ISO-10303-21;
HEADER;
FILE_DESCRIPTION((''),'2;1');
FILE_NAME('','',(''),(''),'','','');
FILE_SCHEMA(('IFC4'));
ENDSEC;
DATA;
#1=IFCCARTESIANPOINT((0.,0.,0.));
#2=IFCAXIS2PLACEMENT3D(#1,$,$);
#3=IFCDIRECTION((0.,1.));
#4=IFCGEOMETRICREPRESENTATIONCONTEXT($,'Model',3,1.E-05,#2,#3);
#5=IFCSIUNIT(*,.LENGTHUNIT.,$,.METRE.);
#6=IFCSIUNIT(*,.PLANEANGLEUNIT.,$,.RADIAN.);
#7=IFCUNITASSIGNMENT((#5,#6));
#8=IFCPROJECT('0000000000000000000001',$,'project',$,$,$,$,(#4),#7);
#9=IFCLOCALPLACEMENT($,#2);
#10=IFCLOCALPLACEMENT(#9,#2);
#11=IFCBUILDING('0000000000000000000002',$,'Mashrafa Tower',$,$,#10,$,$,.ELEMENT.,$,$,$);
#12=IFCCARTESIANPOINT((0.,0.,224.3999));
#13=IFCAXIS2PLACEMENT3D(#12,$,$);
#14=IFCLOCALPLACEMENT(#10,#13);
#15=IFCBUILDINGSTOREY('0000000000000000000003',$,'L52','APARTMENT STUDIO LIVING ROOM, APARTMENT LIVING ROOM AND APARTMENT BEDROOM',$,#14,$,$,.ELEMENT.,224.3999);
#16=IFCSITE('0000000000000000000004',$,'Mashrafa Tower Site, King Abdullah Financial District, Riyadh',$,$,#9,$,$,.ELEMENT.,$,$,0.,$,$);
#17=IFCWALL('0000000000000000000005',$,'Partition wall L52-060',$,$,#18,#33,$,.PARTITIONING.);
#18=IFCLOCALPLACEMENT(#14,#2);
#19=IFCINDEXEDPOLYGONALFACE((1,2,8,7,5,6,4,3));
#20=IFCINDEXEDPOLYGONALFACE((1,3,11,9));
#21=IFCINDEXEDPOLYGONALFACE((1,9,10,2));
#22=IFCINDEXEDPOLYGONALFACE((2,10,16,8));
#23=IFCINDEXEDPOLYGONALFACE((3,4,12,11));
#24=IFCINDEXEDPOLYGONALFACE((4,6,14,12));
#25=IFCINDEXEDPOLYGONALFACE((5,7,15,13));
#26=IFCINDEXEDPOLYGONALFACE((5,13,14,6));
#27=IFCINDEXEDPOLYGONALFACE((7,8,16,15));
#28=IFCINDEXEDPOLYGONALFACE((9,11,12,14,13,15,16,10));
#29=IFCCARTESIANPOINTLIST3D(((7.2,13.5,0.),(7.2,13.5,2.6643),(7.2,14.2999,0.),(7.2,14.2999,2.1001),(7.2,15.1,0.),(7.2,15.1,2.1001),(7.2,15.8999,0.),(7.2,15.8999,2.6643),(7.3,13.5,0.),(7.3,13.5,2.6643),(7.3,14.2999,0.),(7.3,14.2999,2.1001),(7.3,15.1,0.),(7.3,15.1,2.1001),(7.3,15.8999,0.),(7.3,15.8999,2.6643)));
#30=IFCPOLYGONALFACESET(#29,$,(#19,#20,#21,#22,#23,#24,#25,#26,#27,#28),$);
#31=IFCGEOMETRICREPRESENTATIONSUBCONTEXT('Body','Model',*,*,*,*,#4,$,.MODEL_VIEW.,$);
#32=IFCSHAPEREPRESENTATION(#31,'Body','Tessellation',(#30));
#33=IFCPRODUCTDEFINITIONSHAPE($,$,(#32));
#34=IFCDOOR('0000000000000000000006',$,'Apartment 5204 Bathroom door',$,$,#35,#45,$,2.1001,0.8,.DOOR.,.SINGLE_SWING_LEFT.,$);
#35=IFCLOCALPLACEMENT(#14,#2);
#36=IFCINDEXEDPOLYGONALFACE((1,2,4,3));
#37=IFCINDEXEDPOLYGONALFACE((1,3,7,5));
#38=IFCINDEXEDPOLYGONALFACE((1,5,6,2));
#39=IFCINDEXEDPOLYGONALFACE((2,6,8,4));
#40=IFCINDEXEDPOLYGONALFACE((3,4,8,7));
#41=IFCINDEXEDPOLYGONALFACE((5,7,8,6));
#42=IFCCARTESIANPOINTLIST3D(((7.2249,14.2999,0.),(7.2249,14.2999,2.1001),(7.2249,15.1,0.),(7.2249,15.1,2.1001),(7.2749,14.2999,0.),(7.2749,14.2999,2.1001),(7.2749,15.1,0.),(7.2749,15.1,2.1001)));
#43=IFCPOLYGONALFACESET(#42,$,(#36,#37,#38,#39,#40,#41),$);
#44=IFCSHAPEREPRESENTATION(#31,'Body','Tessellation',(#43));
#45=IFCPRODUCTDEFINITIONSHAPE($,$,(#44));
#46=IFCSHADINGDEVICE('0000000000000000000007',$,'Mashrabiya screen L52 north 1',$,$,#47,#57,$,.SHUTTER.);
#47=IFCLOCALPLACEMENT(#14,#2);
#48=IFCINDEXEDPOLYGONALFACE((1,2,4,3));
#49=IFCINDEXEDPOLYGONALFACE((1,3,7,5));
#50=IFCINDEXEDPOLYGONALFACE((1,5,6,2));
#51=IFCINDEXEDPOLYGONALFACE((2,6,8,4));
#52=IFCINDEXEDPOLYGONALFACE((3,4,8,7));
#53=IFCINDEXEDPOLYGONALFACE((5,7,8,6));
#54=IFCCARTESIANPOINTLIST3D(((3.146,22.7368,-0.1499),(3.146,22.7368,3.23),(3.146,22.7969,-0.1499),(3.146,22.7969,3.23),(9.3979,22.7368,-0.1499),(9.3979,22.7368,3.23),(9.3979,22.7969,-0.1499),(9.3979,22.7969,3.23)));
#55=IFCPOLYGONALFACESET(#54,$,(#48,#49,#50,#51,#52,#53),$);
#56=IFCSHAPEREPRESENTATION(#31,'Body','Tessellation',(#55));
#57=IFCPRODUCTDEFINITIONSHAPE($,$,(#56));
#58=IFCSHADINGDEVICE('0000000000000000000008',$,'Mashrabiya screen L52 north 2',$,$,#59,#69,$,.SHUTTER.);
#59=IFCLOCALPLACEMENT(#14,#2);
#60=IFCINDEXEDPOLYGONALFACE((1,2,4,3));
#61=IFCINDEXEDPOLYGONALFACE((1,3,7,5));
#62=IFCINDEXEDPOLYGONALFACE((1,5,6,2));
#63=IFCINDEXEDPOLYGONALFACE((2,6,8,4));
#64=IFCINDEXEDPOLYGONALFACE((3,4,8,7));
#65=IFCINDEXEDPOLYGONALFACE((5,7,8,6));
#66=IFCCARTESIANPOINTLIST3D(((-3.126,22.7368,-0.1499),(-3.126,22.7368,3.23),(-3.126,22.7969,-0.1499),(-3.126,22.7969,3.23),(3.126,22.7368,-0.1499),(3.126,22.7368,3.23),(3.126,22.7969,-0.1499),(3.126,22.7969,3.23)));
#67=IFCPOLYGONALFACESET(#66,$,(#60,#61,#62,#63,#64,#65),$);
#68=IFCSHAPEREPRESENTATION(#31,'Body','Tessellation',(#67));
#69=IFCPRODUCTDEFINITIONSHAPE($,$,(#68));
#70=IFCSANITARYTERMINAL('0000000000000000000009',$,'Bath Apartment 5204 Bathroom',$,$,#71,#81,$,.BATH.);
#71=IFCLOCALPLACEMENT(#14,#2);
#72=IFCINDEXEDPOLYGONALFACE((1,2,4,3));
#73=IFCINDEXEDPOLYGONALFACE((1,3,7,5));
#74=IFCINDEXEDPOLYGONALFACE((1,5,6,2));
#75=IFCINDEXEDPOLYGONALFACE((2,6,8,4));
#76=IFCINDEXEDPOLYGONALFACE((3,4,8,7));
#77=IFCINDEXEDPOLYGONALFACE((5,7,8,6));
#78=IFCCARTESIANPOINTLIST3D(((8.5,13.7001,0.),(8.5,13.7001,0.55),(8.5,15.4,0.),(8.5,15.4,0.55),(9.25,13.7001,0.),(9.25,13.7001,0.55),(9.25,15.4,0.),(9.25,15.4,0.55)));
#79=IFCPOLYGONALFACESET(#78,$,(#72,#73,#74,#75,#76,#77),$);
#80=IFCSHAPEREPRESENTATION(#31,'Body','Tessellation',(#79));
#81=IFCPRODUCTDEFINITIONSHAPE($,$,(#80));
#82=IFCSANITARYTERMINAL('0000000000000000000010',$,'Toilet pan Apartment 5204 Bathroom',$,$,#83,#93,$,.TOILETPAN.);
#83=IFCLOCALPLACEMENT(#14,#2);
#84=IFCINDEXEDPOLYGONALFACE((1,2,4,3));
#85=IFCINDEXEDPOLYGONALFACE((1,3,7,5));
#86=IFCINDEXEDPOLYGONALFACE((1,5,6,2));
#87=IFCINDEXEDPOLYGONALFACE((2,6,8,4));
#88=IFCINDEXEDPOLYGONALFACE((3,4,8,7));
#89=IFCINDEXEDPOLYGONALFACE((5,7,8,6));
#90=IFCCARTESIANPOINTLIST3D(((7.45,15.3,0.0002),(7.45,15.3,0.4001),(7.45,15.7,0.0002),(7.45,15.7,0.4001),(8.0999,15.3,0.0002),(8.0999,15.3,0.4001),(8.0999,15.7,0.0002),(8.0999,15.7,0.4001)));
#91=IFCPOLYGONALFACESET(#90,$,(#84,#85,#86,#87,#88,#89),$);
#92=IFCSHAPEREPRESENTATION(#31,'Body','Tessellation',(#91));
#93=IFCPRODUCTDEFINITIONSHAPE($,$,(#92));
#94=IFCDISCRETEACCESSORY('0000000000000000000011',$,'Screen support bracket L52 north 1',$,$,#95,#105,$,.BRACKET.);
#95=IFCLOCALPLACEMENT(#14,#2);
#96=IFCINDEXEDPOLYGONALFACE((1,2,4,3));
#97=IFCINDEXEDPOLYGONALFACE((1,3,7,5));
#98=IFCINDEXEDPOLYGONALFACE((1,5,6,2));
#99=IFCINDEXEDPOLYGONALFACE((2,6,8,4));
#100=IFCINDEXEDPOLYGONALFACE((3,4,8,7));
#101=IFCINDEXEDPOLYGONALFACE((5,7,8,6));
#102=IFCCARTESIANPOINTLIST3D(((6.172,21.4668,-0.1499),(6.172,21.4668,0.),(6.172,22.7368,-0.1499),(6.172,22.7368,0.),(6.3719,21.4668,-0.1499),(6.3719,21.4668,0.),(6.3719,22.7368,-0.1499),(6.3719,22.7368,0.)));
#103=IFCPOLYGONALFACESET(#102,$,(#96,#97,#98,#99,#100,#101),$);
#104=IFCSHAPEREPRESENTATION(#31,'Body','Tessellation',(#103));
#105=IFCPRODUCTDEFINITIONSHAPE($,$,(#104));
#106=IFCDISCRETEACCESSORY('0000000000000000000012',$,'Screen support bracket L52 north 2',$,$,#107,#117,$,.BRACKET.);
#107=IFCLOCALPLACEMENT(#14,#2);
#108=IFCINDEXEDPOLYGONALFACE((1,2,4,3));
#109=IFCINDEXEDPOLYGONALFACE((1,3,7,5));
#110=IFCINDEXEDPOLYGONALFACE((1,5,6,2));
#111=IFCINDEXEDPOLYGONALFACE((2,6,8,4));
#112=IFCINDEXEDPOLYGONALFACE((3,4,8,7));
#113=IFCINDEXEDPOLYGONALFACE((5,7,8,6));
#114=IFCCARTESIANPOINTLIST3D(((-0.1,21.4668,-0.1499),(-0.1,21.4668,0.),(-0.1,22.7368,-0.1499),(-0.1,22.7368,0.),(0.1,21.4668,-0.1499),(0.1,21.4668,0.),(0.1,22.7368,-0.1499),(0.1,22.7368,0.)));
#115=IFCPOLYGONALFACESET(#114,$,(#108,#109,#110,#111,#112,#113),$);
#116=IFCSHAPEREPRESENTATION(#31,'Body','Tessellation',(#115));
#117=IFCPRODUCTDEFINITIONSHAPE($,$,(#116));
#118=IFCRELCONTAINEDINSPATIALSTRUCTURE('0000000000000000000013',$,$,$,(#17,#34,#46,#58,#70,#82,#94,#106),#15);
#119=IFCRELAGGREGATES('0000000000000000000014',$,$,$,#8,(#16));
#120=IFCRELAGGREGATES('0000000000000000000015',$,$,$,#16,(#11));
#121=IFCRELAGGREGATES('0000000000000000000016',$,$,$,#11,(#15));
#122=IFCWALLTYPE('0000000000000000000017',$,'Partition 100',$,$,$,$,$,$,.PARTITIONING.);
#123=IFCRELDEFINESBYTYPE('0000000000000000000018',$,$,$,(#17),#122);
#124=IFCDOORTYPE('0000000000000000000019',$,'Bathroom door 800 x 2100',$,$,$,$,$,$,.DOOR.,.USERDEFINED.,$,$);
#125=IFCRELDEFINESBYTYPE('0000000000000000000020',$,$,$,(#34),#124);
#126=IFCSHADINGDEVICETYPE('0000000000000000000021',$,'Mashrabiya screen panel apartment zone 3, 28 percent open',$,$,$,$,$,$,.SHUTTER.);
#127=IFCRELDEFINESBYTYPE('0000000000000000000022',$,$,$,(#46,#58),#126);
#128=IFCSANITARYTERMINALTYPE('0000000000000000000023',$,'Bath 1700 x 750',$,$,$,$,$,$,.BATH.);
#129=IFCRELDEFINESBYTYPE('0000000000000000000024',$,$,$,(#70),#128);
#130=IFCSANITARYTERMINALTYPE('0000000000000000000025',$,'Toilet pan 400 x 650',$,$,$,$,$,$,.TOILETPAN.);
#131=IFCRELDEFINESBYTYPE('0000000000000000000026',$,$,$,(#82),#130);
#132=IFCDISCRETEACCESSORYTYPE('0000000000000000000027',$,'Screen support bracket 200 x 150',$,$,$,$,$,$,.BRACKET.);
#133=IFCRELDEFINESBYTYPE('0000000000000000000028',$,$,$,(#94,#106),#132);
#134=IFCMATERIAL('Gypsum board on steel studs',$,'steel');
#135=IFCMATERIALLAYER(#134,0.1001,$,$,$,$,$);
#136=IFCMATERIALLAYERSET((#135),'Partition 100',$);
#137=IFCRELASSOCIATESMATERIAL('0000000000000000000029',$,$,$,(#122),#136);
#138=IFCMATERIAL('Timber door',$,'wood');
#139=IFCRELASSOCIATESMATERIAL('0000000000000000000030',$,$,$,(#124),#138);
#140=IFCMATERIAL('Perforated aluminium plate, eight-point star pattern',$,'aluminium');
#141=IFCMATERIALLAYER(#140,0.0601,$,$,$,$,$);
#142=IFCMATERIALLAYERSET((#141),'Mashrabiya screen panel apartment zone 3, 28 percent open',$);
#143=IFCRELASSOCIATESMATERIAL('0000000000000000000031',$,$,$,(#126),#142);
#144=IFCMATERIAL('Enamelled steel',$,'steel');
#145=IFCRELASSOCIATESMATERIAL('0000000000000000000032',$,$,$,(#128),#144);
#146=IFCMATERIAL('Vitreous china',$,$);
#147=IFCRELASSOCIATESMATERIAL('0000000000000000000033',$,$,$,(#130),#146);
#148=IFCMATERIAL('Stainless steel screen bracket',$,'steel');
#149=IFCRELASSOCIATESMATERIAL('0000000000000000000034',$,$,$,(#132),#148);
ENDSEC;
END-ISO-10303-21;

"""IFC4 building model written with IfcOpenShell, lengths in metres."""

from ifc_helpers import new_model, si_unit, direction, frame, frame_2d, origin, origin_2d, place, context, subcontext, project, spatial, rectangle, extrude, source, transform, mapped, material, layer, layer_set, type_object, type_shapes, element, fill, save


model = new_model("IFC4")

# Units and contexts
model_context = context("Model", 3, precision=1e-05, world=origin(), true_north=direction((0.0, 1.0)))
body_context = subcontext(model_context, "Body", "Model", "MODEL_VIEW")
ifc_project = project(units=[si_unit("LENGTHUNIT", "METRE"), si_unit("PLANEANGLEUNIT", "RADIAN")], contexts=[model_context])

# Site, building, storey
site_placement = place(None, origin())
site = spatial("IfcSite", under=ifc_project, at=site_placement, Name="Mashrafa Tower Site, King Abdullah Financial District, Riyadh", CompositionType="ELEMENT", RefElevation=0.0)
building_placement = place(site_placement, origin())
building = spatial("IfcBuilding", under=site, at=building_placement, Name="Mashrafa Tower", CompositionType="ELEMENT")
storey_placement = place(building_placement, frame((0.0, 0.0, 224.3999)))
storey = spatial("IfcBuildingStorey", under=building, at=storey_placement, Name="L52", Description="APARTMENT STUDIO LIVING ROOM, APARTMENT LIVING ROOM AND APARTMENT BEDROOM", CompositionType="ELEMENT", Elevation=224.3999)

# Shared definitions
ifc_material_1 = material(Name="Gypsum board on steel studs", Category="steel")
ifc_layer_1 = layer(ifc_material_1, 0.1001)
ifc_layer_set_1 = layer_set([ifc_layer_1], Name="Partition 100")
wall_type_1 = type_object("IfcWallType", Name="Partition 100", PredefinedType="PARTITIONING", material=ifc_layer_set_1)

# Wall, opening, door
wall_1_placement = place(storey_placement, frame((7.25, 15.8999, 0.0), z_axis=(0.0, 0.0, 1.0), x_axis=(0.0, -1.0, 0.0)))
wall_1 = element("IfcWall", 1, at=wall_1_placement, inside=storey, type_object=wall_type_1, Name="Partition wall L52-060", PredefinedType="PARTITIONING", context=body_context, shape_type="SweptSolid", body=[
    extrude(rectangle(XDim=2.3999, YDim=0.1001, at=frame_2d((1.2, 0.0))), origin(), (0.0, 0.0, 1.0), 2.6643),
])
opening_1_placement = place(wall_1_placement, frame((0.8, 0.0, 0.0)))
opening_1 = element("IfcOpeningElement", 2, at=opening_1_placement, cuts=wall_1, PredefinedType="OPENING", context=body_context, shape_type="SweptSolid", body=[
    extrude(rectangle(XDim=0.8, YDim=2.1001, at=frame_2d((0.3999, 1.05))), frame((0.0, 0.0601, 0.0), z_axis=(0.0, -1.0, 0.0), x_axis=(1.0, 0.0, 0.0)), (0.0, 0.0, 1.0), 0.1201),
])
ifc_material_2 = material(Name="Timber door", Category="wood")
door_type_1 = type_object("IfcDoorType", Name="Bathroom door 800 x 2100", OperationType="USERDEFINED", PredefinedType="DOOR", material=ifc_material_2)
door_1_placement = place(opening_1_placement, origin())
door_1 = element("IfcDoor", 3, at=door_1_placement, inside=storey, type_object=door_type_1, Name="Apartment 5204 Bathroom door", OperationType="SINGLE_SWING_LEFT", OverallHeight=2.1001, OverallWidth=0.8, PredefinedType="DOOR", context=body_context, shape_type="SweptSolid", body=[
    extrude(rectangle(XDim=0.8, YDim=2.1001, at=frame_2d((0.3999, 1.05))), frame((0.0, 0.0249, 0.0), z_axis=(0.0, -1.0, 0.0), x_axis=(1.0, 0.0, 0.0)), (0.0, 0.0, 1.0), 0.05),
])
fill(opening_1, door_1)

# Shading devices
ifc_material_3 = material(Name="Perforated aluminium plate, eight-point star pattern", Category="aluminium")
ifc_layer_2 = layer(ifc_material_3, 0.0601)
ifc_layer_set_2 = layer_set([ifc_layer_2], Name="Mashrabiya screen panel apartment zone 3, 28 percent open")
shading_device_type = type_object("IfcShadingDeviceType", Name="Mashrabiya screen panel apartment zone 3, 28 percent open", PredefinedType="SHUTTER", material=ifc_layer_set_2)
shared_shape_1 = source(origin(), body_context, "Body", "SweptSolid", [
    extrude(rectangle(XDim=6.252, YDim=0.0601, at=origin_2d()), origin(), (0.0, 0.0, 1.0), 3.3799),
])
type_shapes(shading_device_type, [shared_shape_1])
for number, where, z_axis, x_axis, name in (
    (4, (6.272, 22.7668, -0.1499), (0.0, 0.0, 1.0), (-1.0, 0.0, 0.0), "Mashrabiya screen L52 north 1"),
    (5, (0.0, 22.7668, -0.1499), (0.0, 0.0, 1.0), (-1.0, 0.0, 0.0), "Mashrabiya screen L52 north 2"),
):
    element("IfcShadingDevice", number, at=place(storey_placement, frame(where, z_axis=z_axis, x_axis=x_axis)), inside=storey, type_object=shading_device_type, Name=name, PredefinedType="SHUTTER", context=body_context, shape_type="MappedRepresentation", body=[
        mapped(shared_shape_1, transform((0.0, 0.0, 0.0))),
    ])

# Sanitary terminals
ifc_material_4 = material(Name="Enamelled steel", Category="steel")
sanitary_terminal_type_1 = type_object("IfcSanitaryTerminalType", Name="Bath 1700 x 750", PredefinedType="BATH", material=ifc_material_4)
sanitary_terminal_1_placement = place(storey_placement, frame((8.875, 14.55, 0.0), z_axis=(0.0, 0.0, 1.0), x_axis=(0.0, 1.0, 0.0)))
element("IfcSanitaryTerminal", 6, at=sanitary_terminal_1_placement, inside=storey, type_object=sanitary_terminal_type_1, Name="Bath Apartment 5204 Bathroom", PredefinedType="BATH", context=body_context, shape_type="SweptSolid", body=[
    extrude(rectangle(XDim=1.7, YDim=0.75, at=origin_2d()), origin(), (0.0, 0.0, 1.0), 0.55),
])
ifc_material_5 = material(Name="Vitreous china")
sanitary_terminal_type_2 = type_object("IfcSanitaryTerminalType", Name="Toilet pan 400 x 650", PredefinedType="TOILETPAN", material=ifc_material_5)
sanitary_terminal_2_placement = place(storey_placement, frame((7.7749, 15.5, 0.0002), z_axis=(0.0, 0.0, 1.0), x_axis=(0.0, -1.0, 0.0)))
element("IfcSanitaryTerminal", 7, at=sanitary_terminal_2_placement, inside=storey, type_object=sanitary_terminal_type_2, Name="Toilet pan Apartment 5204 Bathroom", PredefinedType="TOILETPAN", context=body_context, shape_type="SweptSolid", body=[
    extrude(rectangle(XDim=0.3999, YDim=0.6499, at=origin_2d()), origin(), (0.0, 0.0, 1.0), 0.3999),
])

# Discrete accessories
ifc_material_6 = material(Name="Stainless steel screen bracket", Category="steel")
discrete_accessory_type = type_object("IfcDiscreteAccessoryType", Name="Screen support bracket 200 x 150", PredefinedType="BRACKET", material=ifc_material_6)
shared_shape_2 = source(origin(), body_context, "Body", "SweptSolid", [
    extrude(rectangle(XDim=0.2, YDim=1.27, at=origin_2d()), origin(), (0.0, 0.0, 1.0), 0.1499),
])
type_shapes(discrete_accessory_type, [shared_shape_2])
for number, where, z_axis, x_axis, name in (
    (8, (6.272, 22.1018, -0.1499), (0.0, 0.0, 1.0), (-1.0, 0.0, 0.0), "Screen support bracket L52 north 1"),
    (9, (0.0, 22.1018, -0.1499), (0.0, 0.0, 1.0), (-1.0, 0.0, 0.0), "Screen support bracket L52 north 2"),
):
    element("IfcDiscreteAccessory", number, at=place(storey_placement, frame(where, z_axis=z_axis, x_axis=x_axis)), inside=storey, type_object=discrete_accessory_type, Name=name, PredefinedType="BRACKET", context=body_context, shape_type="MappedRepresentation", body=[
        mapped(shared_shape_2, transform((0.0, 0.0, 0.0))),
    ])

save(model, "model.ifc")
